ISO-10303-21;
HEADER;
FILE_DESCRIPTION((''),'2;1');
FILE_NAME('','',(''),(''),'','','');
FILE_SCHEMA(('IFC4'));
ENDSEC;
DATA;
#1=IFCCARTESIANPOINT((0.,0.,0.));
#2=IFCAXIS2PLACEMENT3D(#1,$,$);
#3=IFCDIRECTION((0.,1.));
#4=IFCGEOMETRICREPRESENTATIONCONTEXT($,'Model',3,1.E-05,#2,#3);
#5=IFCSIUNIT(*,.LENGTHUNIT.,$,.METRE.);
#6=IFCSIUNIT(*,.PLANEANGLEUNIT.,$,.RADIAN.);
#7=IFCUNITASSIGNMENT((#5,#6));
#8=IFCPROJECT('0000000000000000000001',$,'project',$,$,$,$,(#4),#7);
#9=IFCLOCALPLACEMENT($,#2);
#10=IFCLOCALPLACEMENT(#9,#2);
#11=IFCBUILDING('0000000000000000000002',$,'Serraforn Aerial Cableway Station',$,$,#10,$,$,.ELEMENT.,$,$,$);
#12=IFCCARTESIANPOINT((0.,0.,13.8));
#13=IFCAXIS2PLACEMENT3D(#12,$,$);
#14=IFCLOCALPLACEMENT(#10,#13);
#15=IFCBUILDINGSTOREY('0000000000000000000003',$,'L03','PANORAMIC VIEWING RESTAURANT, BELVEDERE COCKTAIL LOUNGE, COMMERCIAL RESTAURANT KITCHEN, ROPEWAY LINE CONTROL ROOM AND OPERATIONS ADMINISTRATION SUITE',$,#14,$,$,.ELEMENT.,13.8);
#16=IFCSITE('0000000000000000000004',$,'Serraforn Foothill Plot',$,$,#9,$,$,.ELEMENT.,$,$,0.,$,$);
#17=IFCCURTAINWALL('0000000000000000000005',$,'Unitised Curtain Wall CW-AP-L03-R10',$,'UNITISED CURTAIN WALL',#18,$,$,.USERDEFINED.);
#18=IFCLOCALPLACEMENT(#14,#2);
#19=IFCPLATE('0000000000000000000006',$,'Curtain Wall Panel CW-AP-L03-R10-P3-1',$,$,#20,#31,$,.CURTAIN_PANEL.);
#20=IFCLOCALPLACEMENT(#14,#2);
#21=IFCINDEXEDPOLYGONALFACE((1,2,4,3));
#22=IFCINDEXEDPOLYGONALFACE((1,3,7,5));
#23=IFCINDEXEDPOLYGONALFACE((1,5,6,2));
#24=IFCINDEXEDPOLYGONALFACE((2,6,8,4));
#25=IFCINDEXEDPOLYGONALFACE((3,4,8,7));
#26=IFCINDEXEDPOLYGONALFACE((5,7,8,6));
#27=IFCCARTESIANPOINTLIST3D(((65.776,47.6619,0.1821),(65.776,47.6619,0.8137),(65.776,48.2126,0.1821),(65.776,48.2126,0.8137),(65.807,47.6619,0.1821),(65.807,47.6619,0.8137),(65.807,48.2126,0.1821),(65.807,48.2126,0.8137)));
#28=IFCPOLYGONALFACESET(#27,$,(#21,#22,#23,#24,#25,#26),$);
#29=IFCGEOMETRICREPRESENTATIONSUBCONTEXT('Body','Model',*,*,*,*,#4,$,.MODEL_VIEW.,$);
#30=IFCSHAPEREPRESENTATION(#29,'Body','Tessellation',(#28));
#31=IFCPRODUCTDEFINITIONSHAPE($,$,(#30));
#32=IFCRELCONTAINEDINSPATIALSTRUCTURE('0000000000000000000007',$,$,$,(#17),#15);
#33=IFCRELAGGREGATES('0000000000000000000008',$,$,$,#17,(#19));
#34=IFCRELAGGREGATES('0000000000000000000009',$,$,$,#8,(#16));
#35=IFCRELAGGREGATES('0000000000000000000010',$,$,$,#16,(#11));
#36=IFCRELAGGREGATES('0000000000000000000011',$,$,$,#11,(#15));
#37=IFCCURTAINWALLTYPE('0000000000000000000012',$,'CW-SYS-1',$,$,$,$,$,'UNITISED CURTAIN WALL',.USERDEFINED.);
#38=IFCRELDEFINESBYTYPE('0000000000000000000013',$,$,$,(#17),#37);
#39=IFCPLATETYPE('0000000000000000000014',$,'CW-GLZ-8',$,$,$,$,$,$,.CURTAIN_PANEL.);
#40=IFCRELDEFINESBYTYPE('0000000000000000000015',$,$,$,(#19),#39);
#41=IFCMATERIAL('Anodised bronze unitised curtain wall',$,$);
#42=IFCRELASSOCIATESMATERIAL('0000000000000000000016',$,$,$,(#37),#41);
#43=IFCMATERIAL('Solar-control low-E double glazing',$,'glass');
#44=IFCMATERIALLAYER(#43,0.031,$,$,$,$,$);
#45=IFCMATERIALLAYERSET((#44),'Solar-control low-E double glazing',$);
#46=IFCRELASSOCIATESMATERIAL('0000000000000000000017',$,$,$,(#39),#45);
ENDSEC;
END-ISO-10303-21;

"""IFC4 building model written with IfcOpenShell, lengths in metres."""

from ifc_helpers import new_model, si_unit, direction, frame, origin, origin_2d, place, context, subcontext, project, spatial, rectangle, extrude, material, layer, layer_set, type_object, element, aggregate, save


model = new_model("IFC4")

# Units and contexts
model_context = context("Model", 3, precision=1e-05, world=origin(), true_north=direction((0.0, 1.0)))
body_context = subcontext(model_context, "Body", "Model", "MODEL_VIEW")
ifc_project = project(units=[si_unit("LENGTHUNIT", "METRE"), si_unit("PLANEANGLEUNIT", "RADIAN")], contexts=[model_context])

# Site, building, storey
site_placement = place(None, origin())
site = spatial("IfcSite", under=ifc_project, at=site_placement, Name="Serraforn Foothill Plot", CompositionType="ELEMENT", RefElevation=0.0)
building_placement = place(site_placement, origin())
building = spatial("IfcBuilding", under=site, at=building_placement, Name="Serraforn Aerial Cableway Station", CompositionType="ELEMENT")
storey_placement = place(building_placement, frame((0.0, 0.0, 13.8)))
storey = spatial("IfcBuildingStorey", under=building, at=storey_placement, Name="L03", Description="PANORAMIC VIEWING RESTAURANT, BELVEDERE COCKTAIL LOUNGE, COMMERCIAL RESTAURANT KITCHEN, ROPEWAY LINE CONTROL ROOM AND OPERATIONS ADMINISTRATION SUITE", CompositionType="ELEMENT", Elevation=13.8)

# Curtain wall
ifc_material_1 = material(Name="Anodised bronze unitised curtain wall")
curtain_wall_type_1 = type_object("IfcCurtainWallType", Name="CW-SYS-1", ElementType="UNITISED CURTAIN WALL", PredefinedType="USERDEFINED", material=ifc_material_1)
curtain_wall_1_placement = place(storey_placement, origin())
curtain_wall_1 = element("IfcCurtainWall", 1, at=curtain_wall_1_placement, inside=storey, type_object=curtain_wall_type_1, Name="Unitised Curtain Wall CW-AP-L03-R10", ObjectType="UNITISED CURTAIN WALL", PredefinedType="USERDEFINED")

# Plate
ifc_material_2 = material(Name="Solar-control low-E double glazing", Category="glass")
ifc_layer_1 = layer(ifc_material_2, 0.031)
ifc_layer_set_1 = layer_set([ifc_layer_1], Name="Solar-control low-E double glazing")
plate_type_1 = type_object("IfcPlateType", Name="CW-GLZ-8", PredefinedType="CURTAIN_PANEL", material=ifc_layer_set_1)
plate_1_placement = place(storey_placement, frame((65.7915, 47.9373, 0.1821), z_axis=(0.0, 0.0, 1.0), x_axis=(1.0, 0.0, 0.0)))
plate_1 = element("IfcPlate", 2, at=plate_1_placement, type_object=plate_type_1, Name="Curtain Wall Panel CW-AP-L03-R10-P3-1", PredefinedType="CURTAIN_PANEL", context=body_context, shape_type="SweptSolid", body=[
    extrude(rectangle(XDim=0.031, YDim=0.5508, at=origin_2d()), origin(), (0.0, 0.0, 1.0), 0.6316),
])
aggregate(curtain_wall_1, [plate_1])

save(model, "model.ifc")
